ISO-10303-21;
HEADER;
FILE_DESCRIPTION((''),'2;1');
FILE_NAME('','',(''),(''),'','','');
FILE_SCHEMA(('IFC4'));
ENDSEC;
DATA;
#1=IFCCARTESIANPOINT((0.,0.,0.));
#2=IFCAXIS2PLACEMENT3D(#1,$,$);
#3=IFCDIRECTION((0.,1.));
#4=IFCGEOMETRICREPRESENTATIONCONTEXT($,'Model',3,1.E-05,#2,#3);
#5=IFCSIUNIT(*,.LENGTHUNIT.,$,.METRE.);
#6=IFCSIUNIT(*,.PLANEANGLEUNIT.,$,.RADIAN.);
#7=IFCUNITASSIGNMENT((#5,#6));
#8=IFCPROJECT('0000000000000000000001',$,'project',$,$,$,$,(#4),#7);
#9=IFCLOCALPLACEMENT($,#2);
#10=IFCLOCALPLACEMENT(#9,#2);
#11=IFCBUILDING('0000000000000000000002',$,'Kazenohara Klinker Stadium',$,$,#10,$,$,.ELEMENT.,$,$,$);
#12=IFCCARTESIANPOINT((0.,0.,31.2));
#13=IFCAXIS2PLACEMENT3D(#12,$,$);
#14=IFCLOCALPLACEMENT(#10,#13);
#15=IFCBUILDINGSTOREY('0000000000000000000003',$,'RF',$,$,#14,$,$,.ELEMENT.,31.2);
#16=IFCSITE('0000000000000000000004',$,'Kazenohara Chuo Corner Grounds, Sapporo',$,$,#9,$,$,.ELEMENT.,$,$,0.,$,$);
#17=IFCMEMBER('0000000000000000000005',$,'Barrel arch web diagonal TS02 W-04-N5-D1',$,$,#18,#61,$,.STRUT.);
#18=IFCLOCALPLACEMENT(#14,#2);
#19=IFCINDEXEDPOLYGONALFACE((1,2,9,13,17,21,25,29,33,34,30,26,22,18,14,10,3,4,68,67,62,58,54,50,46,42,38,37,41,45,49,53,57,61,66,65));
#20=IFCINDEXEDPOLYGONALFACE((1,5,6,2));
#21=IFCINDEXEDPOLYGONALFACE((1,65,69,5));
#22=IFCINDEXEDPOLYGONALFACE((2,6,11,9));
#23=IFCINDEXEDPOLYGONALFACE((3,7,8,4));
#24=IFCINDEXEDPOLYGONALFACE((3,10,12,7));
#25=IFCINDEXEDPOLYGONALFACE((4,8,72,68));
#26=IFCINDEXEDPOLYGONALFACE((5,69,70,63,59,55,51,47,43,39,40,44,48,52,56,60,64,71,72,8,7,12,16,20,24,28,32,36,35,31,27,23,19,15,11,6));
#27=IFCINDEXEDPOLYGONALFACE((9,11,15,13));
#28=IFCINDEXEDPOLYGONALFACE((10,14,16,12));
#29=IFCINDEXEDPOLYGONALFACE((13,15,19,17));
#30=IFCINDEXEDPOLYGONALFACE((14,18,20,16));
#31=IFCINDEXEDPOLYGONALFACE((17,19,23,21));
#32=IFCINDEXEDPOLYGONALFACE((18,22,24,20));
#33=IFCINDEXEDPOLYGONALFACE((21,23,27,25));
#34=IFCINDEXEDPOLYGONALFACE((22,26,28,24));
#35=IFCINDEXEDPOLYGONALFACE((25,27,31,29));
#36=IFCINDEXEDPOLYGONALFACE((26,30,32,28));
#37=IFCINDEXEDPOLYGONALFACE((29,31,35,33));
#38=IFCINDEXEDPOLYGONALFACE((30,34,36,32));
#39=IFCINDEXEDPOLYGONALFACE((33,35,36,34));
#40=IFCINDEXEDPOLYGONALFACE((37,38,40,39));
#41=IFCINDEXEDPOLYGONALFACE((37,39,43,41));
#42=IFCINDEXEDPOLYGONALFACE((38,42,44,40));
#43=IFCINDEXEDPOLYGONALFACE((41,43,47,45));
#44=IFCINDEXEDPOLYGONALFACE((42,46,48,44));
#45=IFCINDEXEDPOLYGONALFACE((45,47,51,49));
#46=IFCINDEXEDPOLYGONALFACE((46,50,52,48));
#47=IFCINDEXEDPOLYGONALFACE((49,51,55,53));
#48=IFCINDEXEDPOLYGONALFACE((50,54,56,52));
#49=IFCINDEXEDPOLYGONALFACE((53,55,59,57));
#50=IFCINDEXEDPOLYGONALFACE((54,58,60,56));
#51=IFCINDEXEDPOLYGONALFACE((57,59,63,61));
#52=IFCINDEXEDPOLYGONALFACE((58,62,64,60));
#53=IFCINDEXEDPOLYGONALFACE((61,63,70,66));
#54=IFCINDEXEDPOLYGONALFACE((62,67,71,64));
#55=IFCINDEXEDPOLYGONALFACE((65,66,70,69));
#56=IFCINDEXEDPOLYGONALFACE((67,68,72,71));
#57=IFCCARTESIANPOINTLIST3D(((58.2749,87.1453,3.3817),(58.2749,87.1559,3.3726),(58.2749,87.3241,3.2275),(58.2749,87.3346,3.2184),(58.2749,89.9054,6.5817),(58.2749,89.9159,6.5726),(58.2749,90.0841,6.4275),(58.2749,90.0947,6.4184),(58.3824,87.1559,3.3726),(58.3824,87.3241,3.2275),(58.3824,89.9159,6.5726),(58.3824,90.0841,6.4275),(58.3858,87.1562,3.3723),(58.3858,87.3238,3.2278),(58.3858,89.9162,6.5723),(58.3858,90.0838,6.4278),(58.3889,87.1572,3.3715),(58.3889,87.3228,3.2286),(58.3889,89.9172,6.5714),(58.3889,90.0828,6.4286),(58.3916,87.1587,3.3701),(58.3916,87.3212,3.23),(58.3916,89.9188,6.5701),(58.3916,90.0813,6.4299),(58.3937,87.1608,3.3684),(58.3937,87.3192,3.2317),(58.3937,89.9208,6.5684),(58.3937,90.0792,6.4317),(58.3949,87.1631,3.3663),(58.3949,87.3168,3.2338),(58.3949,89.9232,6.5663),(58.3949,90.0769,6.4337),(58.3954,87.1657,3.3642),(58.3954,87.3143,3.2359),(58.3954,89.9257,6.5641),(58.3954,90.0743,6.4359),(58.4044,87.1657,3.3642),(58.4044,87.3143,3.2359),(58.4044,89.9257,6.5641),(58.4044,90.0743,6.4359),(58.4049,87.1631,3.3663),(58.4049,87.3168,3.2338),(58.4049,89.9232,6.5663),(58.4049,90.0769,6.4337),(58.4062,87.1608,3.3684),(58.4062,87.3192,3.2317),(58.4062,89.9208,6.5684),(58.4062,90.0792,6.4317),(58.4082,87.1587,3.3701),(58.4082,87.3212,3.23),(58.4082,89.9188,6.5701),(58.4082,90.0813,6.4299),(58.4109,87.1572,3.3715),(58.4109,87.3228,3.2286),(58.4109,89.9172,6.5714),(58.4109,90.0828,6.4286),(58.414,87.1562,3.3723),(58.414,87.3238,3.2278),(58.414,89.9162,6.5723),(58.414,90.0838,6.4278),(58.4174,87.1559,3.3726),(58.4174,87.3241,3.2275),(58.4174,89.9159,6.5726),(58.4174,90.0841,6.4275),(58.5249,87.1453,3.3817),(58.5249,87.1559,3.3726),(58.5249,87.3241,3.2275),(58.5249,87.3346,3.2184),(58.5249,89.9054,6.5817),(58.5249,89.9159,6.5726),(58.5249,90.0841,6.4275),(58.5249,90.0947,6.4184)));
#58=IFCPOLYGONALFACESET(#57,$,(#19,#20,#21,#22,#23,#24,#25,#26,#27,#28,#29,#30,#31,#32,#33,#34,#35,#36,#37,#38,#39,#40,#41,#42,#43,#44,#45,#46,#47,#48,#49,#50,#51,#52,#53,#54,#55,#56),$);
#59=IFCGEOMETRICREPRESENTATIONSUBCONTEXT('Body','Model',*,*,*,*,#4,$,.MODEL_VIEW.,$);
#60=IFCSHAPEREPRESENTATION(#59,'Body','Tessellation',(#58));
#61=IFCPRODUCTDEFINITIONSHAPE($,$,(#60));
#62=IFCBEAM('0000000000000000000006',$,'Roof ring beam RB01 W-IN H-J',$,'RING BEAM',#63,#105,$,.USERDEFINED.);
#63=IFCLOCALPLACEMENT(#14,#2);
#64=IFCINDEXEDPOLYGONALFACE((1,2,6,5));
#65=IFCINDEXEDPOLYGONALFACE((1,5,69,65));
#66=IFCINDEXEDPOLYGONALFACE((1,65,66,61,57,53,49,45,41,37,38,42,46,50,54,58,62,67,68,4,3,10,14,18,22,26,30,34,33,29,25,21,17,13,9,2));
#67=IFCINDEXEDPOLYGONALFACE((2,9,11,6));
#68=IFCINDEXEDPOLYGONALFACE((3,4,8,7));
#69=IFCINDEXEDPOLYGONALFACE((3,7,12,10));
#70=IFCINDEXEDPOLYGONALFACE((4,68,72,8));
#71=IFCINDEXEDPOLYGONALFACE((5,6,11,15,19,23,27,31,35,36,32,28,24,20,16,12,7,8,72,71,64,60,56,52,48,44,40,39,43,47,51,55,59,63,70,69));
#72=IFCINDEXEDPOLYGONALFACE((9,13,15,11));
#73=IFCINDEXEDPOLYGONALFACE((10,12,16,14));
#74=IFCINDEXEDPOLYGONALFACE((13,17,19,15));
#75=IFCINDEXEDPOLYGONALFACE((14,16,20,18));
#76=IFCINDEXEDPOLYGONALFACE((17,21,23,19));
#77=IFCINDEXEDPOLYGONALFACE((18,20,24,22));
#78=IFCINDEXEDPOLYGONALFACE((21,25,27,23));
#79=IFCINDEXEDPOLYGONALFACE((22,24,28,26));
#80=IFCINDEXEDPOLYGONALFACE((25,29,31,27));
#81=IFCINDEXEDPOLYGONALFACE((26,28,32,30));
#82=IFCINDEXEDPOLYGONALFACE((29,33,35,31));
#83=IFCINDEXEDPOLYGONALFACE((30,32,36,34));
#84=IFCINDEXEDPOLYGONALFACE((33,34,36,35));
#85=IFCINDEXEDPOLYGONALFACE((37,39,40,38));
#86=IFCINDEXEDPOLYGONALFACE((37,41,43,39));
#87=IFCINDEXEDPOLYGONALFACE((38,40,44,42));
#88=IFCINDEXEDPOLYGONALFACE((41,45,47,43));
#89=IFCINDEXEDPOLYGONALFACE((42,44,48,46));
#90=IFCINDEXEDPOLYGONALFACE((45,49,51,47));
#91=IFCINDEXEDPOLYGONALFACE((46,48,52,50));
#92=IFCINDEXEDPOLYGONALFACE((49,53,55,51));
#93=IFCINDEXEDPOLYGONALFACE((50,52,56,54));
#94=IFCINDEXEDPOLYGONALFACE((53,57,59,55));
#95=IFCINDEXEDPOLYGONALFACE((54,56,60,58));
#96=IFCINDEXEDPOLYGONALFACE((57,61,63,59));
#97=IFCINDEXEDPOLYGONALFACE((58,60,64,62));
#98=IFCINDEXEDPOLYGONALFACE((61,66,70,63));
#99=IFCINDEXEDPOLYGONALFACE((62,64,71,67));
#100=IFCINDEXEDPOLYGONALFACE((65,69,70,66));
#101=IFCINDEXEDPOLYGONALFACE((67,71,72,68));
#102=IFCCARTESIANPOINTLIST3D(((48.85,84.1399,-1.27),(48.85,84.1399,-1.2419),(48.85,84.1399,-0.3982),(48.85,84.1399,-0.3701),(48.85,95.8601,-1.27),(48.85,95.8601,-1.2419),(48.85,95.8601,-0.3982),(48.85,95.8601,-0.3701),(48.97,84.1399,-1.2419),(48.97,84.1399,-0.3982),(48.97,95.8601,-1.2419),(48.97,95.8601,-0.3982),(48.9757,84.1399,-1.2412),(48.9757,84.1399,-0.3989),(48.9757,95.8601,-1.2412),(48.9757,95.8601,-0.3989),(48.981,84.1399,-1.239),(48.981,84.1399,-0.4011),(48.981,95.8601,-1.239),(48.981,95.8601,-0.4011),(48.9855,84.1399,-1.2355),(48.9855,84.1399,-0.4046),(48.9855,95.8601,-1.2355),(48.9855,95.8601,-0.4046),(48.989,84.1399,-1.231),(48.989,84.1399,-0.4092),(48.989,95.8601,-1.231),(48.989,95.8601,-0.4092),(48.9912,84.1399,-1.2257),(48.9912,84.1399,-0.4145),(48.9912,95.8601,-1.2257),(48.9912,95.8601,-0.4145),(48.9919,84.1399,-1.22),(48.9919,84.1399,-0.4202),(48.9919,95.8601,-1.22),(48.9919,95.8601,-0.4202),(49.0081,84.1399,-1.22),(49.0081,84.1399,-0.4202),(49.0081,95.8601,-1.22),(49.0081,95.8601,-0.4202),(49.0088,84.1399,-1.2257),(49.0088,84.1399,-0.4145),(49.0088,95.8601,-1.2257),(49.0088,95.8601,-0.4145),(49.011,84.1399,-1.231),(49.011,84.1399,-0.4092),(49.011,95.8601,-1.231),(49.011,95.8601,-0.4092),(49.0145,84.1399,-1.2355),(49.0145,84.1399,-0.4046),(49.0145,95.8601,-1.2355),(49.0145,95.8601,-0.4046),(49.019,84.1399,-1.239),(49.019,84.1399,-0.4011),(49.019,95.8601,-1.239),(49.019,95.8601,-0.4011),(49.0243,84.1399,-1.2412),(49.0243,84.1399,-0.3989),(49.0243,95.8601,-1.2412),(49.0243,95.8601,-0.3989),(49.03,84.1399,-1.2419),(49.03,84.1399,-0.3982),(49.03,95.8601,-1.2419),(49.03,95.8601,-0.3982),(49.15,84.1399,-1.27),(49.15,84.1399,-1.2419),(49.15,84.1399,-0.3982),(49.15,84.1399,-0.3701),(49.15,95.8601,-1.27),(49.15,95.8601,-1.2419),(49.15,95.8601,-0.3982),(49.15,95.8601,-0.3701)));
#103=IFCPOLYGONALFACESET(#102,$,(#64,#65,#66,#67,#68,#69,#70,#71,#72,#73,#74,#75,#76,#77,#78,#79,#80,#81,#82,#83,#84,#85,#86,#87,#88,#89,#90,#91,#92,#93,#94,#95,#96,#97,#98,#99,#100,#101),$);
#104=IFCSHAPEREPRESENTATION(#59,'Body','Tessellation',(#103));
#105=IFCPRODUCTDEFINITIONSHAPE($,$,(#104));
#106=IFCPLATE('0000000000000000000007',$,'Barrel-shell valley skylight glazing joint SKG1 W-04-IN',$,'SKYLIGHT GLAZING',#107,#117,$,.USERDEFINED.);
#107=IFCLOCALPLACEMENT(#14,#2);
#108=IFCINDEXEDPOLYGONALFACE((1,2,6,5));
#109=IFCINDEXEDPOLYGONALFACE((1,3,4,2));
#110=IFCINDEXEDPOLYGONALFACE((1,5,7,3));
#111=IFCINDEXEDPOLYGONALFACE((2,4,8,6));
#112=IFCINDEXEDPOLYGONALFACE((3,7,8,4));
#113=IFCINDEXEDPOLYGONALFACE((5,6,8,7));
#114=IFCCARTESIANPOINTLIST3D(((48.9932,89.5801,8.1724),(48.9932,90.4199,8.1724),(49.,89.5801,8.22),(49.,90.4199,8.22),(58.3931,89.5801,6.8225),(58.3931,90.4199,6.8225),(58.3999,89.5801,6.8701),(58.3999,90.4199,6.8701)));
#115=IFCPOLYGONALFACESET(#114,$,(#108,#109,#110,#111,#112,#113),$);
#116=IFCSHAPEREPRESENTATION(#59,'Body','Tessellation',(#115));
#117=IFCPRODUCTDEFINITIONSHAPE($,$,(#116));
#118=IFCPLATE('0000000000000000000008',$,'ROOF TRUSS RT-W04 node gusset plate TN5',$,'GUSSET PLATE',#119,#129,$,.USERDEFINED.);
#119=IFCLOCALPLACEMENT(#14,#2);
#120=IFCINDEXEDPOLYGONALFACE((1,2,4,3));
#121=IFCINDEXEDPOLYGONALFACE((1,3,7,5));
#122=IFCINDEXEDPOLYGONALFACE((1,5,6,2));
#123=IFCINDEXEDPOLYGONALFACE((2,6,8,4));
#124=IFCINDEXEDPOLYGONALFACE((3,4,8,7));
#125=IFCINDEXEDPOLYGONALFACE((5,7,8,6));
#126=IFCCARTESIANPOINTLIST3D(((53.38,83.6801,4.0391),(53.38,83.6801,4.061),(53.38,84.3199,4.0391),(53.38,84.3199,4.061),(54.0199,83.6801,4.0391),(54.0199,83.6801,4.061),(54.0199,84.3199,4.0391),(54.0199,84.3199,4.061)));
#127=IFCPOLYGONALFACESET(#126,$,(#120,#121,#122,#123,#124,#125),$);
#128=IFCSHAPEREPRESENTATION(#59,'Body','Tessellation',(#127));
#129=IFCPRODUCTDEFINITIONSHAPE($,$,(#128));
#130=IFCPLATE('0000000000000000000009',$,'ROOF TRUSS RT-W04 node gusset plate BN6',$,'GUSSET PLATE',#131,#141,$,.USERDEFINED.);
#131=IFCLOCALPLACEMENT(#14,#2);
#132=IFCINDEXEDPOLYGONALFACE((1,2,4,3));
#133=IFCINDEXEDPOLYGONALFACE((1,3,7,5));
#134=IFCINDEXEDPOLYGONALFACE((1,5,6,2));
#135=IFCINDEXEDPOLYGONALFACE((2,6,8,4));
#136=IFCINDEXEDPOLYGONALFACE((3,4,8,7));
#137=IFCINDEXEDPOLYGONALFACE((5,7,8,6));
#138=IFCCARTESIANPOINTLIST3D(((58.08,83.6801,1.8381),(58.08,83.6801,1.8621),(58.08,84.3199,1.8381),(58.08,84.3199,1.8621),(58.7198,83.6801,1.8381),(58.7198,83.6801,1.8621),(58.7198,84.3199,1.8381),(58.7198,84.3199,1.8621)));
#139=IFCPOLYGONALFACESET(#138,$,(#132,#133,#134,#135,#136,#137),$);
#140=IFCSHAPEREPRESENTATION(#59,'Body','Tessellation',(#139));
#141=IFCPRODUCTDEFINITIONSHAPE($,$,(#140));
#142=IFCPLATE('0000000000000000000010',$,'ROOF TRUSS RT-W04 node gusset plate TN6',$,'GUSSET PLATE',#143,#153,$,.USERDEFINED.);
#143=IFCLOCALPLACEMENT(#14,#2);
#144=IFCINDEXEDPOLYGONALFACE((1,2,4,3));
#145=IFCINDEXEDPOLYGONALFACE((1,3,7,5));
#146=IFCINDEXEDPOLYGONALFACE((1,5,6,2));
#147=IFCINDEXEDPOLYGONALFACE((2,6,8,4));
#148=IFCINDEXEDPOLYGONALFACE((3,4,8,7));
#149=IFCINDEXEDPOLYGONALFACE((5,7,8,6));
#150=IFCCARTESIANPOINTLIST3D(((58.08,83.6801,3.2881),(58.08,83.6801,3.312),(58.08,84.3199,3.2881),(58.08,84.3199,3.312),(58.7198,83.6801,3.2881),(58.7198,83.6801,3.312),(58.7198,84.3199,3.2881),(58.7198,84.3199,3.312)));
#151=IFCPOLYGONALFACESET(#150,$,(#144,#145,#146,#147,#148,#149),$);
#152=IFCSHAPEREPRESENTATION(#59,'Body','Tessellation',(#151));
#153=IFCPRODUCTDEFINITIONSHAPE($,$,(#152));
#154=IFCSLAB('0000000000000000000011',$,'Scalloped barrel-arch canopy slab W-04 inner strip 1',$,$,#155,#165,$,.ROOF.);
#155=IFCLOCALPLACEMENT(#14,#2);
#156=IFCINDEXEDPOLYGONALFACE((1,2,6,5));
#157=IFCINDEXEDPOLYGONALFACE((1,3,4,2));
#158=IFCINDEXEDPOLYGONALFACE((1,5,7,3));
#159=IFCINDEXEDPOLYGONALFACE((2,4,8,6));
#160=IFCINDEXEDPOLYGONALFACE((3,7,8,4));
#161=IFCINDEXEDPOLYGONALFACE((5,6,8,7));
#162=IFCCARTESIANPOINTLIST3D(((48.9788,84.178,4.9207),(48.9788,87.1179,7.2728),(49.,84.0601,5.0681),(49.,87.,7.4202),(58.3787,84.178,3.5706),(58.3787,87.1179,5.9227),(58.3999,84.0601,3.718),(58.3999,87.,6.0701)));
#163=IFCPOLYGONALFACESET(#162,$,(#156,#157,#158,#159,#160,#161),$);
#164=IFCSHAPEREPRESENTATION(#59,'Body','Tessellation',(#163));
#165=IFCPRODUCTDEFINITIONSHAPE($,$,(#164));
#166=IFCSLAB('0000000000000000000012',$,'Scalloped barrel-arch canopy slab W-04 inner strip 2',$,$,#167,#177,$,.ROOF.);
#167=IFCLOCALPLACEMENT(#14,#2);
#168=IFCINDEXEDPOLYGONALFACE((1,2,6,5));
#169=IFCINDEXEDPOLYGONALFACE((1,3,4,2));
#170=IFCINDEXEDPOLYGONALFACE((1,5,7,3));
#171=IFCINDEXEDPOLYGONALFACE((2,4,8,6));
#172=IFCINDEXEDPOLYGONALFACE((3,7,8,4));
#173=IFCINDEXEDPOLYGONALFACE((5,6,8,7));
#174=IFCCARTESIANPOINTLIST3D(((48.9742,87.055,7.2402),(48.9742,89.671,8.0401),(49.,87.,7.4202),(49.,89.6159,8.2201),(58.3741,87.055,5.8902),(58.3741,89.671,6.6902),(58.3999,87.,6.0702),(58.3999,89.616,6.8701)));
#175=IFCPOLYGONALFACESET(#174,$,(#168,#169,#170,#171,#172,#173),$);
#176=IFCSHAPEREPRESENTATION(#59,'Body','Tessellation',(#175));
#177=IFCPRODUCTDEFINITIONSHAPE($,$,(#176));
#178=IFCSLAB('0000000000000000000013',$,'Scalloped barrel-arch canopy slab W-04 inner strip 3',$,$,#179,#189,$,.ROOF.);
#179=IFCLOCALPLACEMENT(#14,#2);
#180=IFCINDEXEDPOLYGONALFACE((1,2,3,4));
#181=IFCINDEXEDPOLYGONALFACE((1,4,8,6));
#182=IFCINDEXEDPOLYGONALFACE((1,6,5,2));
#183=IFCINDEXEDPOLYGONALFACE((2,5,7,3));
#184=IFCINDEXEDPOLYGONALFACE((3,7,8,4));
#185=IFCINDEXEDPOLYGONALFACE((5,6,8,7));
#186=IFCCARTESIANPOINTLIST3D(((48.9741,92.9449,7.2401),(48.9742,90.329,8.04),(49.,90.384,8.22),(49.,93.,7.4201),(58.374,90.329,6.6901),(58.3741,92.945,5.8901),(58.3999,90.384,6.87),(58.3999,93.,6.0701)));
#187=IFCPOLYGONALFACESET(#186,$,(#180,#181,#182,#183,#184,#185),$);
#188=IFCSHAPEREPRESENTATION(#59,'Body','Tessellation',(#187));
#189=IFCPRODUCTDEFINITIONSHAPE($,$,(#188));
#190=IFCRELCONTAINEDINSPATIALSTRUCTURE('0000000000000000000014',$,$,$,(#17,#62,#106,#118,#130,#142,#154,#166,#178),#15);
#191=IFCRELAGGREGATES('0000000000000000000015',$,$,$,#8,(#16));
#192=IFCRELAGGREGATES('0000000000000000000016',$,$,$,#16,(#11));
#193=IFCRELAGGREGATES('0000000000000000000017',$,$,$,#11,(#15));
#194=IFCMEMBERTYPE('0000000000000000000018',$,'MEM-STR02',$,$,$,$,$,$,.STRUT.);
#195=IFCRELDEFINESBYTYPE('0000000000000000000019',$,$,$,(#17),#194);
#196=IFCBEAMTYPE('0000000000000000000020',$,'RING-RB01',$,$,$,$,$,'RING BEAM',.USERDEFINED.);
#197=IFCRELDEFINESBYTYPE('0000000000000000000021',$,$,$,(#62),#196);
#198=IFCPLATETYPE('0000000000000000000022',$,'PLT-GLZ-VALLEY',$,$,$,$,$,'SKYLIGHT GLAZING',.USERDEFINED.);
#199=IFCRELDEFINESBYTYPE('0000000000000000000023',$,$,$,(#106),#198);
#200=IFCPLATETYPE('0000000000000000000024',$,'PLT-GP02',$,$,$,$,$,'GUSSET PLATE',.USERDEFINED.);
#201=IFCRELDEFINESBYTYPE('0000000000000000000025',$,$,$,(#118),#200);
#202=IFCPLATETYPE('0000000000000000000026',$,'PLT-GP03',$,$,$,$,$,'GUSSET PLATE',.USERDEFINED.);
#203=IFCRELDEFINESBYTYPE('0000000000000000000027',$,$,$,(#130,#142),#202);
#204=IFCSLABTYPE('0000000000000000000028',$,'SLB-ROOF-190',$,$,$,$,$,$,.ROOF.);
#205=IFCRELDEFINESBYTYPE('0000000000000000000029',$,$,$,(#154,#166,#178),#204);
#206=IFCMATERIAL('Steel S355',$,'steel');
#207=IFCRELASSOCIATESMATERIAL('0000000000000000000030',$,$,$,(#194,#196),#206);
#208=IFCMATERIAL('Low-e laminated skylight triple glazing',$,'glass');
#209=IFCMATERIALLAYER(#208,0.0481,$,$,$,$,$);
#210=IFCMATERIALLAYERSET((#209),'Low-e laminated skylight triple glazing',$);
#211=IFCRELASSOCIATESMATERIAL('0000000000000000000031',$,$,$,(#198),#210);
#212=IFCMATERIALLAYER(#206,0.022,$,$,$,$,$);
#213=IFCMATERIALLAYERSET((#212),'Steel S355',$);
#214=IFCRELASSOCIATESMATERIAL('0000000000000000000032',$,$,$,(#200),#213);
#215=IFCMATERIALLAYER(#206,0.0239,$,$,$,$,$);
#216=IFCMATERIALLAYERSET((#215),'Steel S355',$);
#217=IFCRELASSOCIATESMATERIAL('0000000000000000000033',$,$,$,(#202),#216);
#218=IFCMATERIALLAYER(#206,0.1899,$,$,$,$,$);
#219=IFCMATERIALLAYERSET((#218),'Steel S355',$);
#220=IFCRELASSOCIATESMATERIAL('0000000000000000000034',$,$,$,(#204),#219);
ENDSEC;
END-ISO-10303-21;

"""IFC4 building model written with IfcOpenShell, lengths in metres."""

from ifc_helpers import new_model, si_unit, direction, frame, origin, origin_2d, place, context, subcontext, project, spatial, polyline, rectangle, i_section, outline, extrude, material, layer, layer_set, material_profile, profile_set, type_object, element, save


model = new_model("IFC4")

# Units and contexts
model_context = context("Model", 3, precision=1e-05, world=origin(), true_north=direction((0.0, 1.0)))
body_context = subcontext(model_context, "Body", "Model", "MODEL_VIEW")
ifc_project = project(units=[si_unit("LENGTHUNIT", "METRE"), si_unit("PLANEANGLEUNIT", "RADIAN")], contexts=[model_context])

# Site, building, storey
site_placement = place(None, origin())
site = spatial("IfcSite", under=ifc_project, at=site_placement, Name="Kazenohara Chuo Corner Grounds, Sapporo", CompositionType="ELEMENT", RefElevation=0.0)
building_placement = place(site_placement, origin())
building = spatial("IfcBuilding", under=site, at=building_placement, Name="Kazenohara Klinker Stadium", CompositionType="ELEMENT")
storey_placement = place(building_placement, frame((0.0, 0.0, 31.2)))
storey = spatial("IfcBuildingStorey", under=building, at=storey_placement, Name="RF", CompositionType="ELEMENT", Elevation=31.2)

# Member
ifc_material_1 = material(Name="Steel S355", Category="steel")
ifc_material_profile_1 = material_profile(ifc_material_1, i_section(OverallWidth=0.25, OverallDepth=0.25, WebThickness=0.009, FlangeThickness=0.0139, FilletRadius=0.0129, at=origin_2d()), Name="H-250x250x9x14")
ifc_profile_set_1 = profile_set([ifc_material_profile_1], Name="Steel S355")
member_type_1 = type_object("IfcMemberType", Name="MEM-STR02", PredefinedType="STRUT", material=ifc_profile_set_1)
member_1_placement = place(storey_placement, frame((58.3999, 87.24, 3.3), z_axis=(0.0, 0.653134, 0.757242), x_axis=(-1.0, 0.0, 0.0)))
element("IfcMember", 1, at=member_1_placement, inside=storey, type_object=member_type_1, Name="Barrel arch web diagonal TS02 W-04-N5-D1", PredefinedType="STRUT", context=body_context, shape_type="SweptSolid", body=[
    extrude(i_section(OverallWidth=0.25, OverallDepth=0.25, WebThickness=0.009, FlangeThickness=0.0139, FilletRadius=0.0129, at=origin_2d()), origin(), (0.0, 0.0, 1.0), 4.2258),
])

# Beam
ifc_material_profile_2 = material_profile(ifc_material_1, i_section(OverallWidth=0.3, OverallDepth=0.8999, WebThickness=0.0161, FlangeThickness=0.0281, FilletRadius=0.022, at=origin_2d()), Name="H-900x300x16x28")
ifc_profile_set_2 = profile_set([ifc_material_profile_2], Name="Steel S355")
beam_type = type_object("IfcBeamType", Name="RING-RB01", ElementType="RING BEAM", PredefinedType="USERDEFINED", material=ifc_profile_set_2)
beam_placement = place(storey_placement, frame((49.0, 84.1399, -0.8201), z_axis=(0.0, 1.0, 0.0), x_axis=(-1.0, 0.0, 0.0)))
element("IfcBeam", 2, at=beam_placement, inside=storey, type_object=beam_type, Name="Roof ring beam RB01 W-IN H-J", ObjectType="RING BEAM", PredefinedType="USERDEFINED", context=body_context, shape_type="SweptSolid", body=[
    extrude(i_section(OverallWidth=0.3, OverallDepth=0.8999, WebThickness=0.0161, FlangeThickness=0.0281, FilletRadius=0.022, at=origin_2d()), origin(), (0.0, 0.0, 1.0), 11.7202),
])

# Plates
ifc_material_2 = material(Name="Low-e laminated skylight triple glazing", Category="glass")
ifc_layer_1 = layer(ifc_material_2, 0.0481)
ifc_layer_set_1 = layer_set([ifc_layer_1], Name="Low-e laminated skylight triple glazing")
plate_type_1 = type_object("IfcPlateType", Name="PLT-GLZ-VALLEY", ElementType="SKYLIGHT GLAZING", PredefinedType="USERDEFINED", material=ifc_layer_set_1)
plate_1_placement = place(storey_placement, frame((49.0, 89.5801, 8.22), z_axis=(0.142145, 0.0, 0.989846), x_axis=(0.989846, 0.0, -0.142145)))
element("IfcPlate", 3, at=plate_1_placement, inside=storey, type_object=plate_type_1, Name="Barrel-shell valley skylight glazing joint SKG1 W-04-IN", ObjectType="SKYLIGHT GLAZING", PredefinedType="USERDEFINED", context=body_context, shape_type="SweptSolid", body=[
    extrude(outline(polyline([(0.0, 0.0), (9.4963, 0.0), (9.4963, 0.8398), (0.0, 0.8398), (0.0, 0.0)])), origin(), (0.0, 0.0, -1.0), 0.0481),
])
ifc_layer_2 = layer(ifc_material_1, 0.022)
ifc_layer_set_2 = layer_set([ifc_layer_2], Name="Steel S355")
plate_type_2 = type_object("IfcPlateType", Name="PLT-GP02", ElementType="GUSSET PLATE", PredefinedType="USERDEFINED", material=ifc_layer_set_2)
plate_2_placement = place(storey_placement, frame((53.7, 84.0, 4.0391), z_axis=(0.0, 0.0, 1.0), x_axis=(1.0, 0.0, 0.0)))
element("IfcPlate", 4, at=plate_2_placement, inside=storey, type_object=plate_type_2, Name="ROOF TRUSS RT-W04 node gusset plate TN5", ObjectType="GUSSET PLATE", PredefinedType="USERDEFINED", context=body_context, shape_type="SweptSolid", body=[
    extrude(rectangle(XDim=0.6399, YDim=0.6399, at=origin_2d()), origin(), (0.0, 0.0, 1.0), 0.022),
])
ifc_layer_3 = layer(ifc_material_1, 0.0239)
ifc_layer_set_3 = layer_set([ifc_layer_3], Name="Steel S355")
plate_type_3 = type_object("IfcPlateType", Name="PLT-GP03", ElementType="GUSSET PLATE", PredefinedType="USERDEFINED", material=ifc_layer_set_3)
for number, where, z_axis, x_axis, name in (
    (5, (58.3999, 84.0, 1.8381), (0.0, 0.0, 1.0), (1.0, 0.0, 0.0), "ROOF TRUSS RT-W04 node gusset plate BN6"),
    (6, (58.3999, 84.0, 3.2881), (0.0, 0.0, 1.0), (1.0, 0.0, 0.0), "ROOF TRUSS RT-W04 node gusset plate TN6"),
):
    element("IfcPlate", number, at=place(storey_placement, frame(where, z_axis=z_axis, x_axis=x_axis)), inside=storey, type_object=plate_type_3, Name=name, ObjectType="GUSSET PLATE", PredefinedType="USERDEFINED", context=body_context, shape_type="SweptSolid", body=[
        extrude(rectangle(XDim=0.6399, YDim=0.6399, at=origin_2d()), origin(), (0.0, 0.0, 1.0), 0.0239),
    ])

# Slabs
ifc_layer_4 = layer(ifc_material_1, 0.1899)
ifc_layer_set_4 = layer_set([ifc_layer_4], Name="Steel S355")
slab_type = type_object("IfcSlabType", Name="SLB-ROOF-190", PredefinedType="ROOF", material=ifc_layer_set_4)
slab_1_placement = place(storey_placement, frame((49.0, 84.0601, 5.0681), z_axis=(0.111455, -0.620819, 0.775991), x_axis=(0.989842, 0.0, -0.14217)))
element("IfcSlab", 7, at=slab_1_placement, inside=storey, type_object=slab_type, Name="Scalloped barrel-arch canopy slab W-04 inner strip 1", PredefinedType="ROOF", context=body_context, shape_type="SweptSolid", body=[
    extrude(outline(polyline([(0.0, 0.0), (9.4964, 0.0), (9.162, 3.7501), (-0.3344, 3.7501), (0.0, 0.0)])), origin(), (0.0, 0.0, -1.0), 0.1899),
])
slab_2_placement = place(storey_placement, frame((49.0, 87.0, 7.4202), z_axis=(0.136061, -0.289701, 0.947397), x_axis=(0.989844, -0.000004, -0.142158)))
element("IfcSlab", 8, at=slab_2_placement, inside=storey, type_object=slab_type, Name="Scalloped barrel-arch canopy slab W-04 inner strip 2", PredefinedType="ROOF", context=body_context, shape_type="SweptSolid", body=[
    extrude(outline(polyline([(0.0, 0.0), (9.4964, 0.0), (9.3826, 2.7332), (-0.1137, 2.7331), (0.0, 0.0)])), origin(), (0.0, 0.0, -1.0), 0.1899),
])
slab_3_placement = place(storey_placement, frame((49.0, 90.384, 8.22), z_axis=(0.136061, 0.289701, 0.947397), x_axis=(0.989844, -0.000004, -0.142156)))
element("IfcSlab", 9, at=slab_3_placement, inside=storey, type_object=slab_type, Name="Scalloped barrel-arch canopy slab W-04 inner strip 3", PredefinedType="ROOF", context=body_context, shape_type="SweptSolid", body=[
    extrude(outline(polyline([(0.0, 0.0), (9.4963, 0.0), (9.6101, 2.7332), (0.1137, 2.7331), (0.0, 0.0)])), origin(), (0.0, 0.0, -1.0), 0.1899),
])

save(model, "model.ifc")
